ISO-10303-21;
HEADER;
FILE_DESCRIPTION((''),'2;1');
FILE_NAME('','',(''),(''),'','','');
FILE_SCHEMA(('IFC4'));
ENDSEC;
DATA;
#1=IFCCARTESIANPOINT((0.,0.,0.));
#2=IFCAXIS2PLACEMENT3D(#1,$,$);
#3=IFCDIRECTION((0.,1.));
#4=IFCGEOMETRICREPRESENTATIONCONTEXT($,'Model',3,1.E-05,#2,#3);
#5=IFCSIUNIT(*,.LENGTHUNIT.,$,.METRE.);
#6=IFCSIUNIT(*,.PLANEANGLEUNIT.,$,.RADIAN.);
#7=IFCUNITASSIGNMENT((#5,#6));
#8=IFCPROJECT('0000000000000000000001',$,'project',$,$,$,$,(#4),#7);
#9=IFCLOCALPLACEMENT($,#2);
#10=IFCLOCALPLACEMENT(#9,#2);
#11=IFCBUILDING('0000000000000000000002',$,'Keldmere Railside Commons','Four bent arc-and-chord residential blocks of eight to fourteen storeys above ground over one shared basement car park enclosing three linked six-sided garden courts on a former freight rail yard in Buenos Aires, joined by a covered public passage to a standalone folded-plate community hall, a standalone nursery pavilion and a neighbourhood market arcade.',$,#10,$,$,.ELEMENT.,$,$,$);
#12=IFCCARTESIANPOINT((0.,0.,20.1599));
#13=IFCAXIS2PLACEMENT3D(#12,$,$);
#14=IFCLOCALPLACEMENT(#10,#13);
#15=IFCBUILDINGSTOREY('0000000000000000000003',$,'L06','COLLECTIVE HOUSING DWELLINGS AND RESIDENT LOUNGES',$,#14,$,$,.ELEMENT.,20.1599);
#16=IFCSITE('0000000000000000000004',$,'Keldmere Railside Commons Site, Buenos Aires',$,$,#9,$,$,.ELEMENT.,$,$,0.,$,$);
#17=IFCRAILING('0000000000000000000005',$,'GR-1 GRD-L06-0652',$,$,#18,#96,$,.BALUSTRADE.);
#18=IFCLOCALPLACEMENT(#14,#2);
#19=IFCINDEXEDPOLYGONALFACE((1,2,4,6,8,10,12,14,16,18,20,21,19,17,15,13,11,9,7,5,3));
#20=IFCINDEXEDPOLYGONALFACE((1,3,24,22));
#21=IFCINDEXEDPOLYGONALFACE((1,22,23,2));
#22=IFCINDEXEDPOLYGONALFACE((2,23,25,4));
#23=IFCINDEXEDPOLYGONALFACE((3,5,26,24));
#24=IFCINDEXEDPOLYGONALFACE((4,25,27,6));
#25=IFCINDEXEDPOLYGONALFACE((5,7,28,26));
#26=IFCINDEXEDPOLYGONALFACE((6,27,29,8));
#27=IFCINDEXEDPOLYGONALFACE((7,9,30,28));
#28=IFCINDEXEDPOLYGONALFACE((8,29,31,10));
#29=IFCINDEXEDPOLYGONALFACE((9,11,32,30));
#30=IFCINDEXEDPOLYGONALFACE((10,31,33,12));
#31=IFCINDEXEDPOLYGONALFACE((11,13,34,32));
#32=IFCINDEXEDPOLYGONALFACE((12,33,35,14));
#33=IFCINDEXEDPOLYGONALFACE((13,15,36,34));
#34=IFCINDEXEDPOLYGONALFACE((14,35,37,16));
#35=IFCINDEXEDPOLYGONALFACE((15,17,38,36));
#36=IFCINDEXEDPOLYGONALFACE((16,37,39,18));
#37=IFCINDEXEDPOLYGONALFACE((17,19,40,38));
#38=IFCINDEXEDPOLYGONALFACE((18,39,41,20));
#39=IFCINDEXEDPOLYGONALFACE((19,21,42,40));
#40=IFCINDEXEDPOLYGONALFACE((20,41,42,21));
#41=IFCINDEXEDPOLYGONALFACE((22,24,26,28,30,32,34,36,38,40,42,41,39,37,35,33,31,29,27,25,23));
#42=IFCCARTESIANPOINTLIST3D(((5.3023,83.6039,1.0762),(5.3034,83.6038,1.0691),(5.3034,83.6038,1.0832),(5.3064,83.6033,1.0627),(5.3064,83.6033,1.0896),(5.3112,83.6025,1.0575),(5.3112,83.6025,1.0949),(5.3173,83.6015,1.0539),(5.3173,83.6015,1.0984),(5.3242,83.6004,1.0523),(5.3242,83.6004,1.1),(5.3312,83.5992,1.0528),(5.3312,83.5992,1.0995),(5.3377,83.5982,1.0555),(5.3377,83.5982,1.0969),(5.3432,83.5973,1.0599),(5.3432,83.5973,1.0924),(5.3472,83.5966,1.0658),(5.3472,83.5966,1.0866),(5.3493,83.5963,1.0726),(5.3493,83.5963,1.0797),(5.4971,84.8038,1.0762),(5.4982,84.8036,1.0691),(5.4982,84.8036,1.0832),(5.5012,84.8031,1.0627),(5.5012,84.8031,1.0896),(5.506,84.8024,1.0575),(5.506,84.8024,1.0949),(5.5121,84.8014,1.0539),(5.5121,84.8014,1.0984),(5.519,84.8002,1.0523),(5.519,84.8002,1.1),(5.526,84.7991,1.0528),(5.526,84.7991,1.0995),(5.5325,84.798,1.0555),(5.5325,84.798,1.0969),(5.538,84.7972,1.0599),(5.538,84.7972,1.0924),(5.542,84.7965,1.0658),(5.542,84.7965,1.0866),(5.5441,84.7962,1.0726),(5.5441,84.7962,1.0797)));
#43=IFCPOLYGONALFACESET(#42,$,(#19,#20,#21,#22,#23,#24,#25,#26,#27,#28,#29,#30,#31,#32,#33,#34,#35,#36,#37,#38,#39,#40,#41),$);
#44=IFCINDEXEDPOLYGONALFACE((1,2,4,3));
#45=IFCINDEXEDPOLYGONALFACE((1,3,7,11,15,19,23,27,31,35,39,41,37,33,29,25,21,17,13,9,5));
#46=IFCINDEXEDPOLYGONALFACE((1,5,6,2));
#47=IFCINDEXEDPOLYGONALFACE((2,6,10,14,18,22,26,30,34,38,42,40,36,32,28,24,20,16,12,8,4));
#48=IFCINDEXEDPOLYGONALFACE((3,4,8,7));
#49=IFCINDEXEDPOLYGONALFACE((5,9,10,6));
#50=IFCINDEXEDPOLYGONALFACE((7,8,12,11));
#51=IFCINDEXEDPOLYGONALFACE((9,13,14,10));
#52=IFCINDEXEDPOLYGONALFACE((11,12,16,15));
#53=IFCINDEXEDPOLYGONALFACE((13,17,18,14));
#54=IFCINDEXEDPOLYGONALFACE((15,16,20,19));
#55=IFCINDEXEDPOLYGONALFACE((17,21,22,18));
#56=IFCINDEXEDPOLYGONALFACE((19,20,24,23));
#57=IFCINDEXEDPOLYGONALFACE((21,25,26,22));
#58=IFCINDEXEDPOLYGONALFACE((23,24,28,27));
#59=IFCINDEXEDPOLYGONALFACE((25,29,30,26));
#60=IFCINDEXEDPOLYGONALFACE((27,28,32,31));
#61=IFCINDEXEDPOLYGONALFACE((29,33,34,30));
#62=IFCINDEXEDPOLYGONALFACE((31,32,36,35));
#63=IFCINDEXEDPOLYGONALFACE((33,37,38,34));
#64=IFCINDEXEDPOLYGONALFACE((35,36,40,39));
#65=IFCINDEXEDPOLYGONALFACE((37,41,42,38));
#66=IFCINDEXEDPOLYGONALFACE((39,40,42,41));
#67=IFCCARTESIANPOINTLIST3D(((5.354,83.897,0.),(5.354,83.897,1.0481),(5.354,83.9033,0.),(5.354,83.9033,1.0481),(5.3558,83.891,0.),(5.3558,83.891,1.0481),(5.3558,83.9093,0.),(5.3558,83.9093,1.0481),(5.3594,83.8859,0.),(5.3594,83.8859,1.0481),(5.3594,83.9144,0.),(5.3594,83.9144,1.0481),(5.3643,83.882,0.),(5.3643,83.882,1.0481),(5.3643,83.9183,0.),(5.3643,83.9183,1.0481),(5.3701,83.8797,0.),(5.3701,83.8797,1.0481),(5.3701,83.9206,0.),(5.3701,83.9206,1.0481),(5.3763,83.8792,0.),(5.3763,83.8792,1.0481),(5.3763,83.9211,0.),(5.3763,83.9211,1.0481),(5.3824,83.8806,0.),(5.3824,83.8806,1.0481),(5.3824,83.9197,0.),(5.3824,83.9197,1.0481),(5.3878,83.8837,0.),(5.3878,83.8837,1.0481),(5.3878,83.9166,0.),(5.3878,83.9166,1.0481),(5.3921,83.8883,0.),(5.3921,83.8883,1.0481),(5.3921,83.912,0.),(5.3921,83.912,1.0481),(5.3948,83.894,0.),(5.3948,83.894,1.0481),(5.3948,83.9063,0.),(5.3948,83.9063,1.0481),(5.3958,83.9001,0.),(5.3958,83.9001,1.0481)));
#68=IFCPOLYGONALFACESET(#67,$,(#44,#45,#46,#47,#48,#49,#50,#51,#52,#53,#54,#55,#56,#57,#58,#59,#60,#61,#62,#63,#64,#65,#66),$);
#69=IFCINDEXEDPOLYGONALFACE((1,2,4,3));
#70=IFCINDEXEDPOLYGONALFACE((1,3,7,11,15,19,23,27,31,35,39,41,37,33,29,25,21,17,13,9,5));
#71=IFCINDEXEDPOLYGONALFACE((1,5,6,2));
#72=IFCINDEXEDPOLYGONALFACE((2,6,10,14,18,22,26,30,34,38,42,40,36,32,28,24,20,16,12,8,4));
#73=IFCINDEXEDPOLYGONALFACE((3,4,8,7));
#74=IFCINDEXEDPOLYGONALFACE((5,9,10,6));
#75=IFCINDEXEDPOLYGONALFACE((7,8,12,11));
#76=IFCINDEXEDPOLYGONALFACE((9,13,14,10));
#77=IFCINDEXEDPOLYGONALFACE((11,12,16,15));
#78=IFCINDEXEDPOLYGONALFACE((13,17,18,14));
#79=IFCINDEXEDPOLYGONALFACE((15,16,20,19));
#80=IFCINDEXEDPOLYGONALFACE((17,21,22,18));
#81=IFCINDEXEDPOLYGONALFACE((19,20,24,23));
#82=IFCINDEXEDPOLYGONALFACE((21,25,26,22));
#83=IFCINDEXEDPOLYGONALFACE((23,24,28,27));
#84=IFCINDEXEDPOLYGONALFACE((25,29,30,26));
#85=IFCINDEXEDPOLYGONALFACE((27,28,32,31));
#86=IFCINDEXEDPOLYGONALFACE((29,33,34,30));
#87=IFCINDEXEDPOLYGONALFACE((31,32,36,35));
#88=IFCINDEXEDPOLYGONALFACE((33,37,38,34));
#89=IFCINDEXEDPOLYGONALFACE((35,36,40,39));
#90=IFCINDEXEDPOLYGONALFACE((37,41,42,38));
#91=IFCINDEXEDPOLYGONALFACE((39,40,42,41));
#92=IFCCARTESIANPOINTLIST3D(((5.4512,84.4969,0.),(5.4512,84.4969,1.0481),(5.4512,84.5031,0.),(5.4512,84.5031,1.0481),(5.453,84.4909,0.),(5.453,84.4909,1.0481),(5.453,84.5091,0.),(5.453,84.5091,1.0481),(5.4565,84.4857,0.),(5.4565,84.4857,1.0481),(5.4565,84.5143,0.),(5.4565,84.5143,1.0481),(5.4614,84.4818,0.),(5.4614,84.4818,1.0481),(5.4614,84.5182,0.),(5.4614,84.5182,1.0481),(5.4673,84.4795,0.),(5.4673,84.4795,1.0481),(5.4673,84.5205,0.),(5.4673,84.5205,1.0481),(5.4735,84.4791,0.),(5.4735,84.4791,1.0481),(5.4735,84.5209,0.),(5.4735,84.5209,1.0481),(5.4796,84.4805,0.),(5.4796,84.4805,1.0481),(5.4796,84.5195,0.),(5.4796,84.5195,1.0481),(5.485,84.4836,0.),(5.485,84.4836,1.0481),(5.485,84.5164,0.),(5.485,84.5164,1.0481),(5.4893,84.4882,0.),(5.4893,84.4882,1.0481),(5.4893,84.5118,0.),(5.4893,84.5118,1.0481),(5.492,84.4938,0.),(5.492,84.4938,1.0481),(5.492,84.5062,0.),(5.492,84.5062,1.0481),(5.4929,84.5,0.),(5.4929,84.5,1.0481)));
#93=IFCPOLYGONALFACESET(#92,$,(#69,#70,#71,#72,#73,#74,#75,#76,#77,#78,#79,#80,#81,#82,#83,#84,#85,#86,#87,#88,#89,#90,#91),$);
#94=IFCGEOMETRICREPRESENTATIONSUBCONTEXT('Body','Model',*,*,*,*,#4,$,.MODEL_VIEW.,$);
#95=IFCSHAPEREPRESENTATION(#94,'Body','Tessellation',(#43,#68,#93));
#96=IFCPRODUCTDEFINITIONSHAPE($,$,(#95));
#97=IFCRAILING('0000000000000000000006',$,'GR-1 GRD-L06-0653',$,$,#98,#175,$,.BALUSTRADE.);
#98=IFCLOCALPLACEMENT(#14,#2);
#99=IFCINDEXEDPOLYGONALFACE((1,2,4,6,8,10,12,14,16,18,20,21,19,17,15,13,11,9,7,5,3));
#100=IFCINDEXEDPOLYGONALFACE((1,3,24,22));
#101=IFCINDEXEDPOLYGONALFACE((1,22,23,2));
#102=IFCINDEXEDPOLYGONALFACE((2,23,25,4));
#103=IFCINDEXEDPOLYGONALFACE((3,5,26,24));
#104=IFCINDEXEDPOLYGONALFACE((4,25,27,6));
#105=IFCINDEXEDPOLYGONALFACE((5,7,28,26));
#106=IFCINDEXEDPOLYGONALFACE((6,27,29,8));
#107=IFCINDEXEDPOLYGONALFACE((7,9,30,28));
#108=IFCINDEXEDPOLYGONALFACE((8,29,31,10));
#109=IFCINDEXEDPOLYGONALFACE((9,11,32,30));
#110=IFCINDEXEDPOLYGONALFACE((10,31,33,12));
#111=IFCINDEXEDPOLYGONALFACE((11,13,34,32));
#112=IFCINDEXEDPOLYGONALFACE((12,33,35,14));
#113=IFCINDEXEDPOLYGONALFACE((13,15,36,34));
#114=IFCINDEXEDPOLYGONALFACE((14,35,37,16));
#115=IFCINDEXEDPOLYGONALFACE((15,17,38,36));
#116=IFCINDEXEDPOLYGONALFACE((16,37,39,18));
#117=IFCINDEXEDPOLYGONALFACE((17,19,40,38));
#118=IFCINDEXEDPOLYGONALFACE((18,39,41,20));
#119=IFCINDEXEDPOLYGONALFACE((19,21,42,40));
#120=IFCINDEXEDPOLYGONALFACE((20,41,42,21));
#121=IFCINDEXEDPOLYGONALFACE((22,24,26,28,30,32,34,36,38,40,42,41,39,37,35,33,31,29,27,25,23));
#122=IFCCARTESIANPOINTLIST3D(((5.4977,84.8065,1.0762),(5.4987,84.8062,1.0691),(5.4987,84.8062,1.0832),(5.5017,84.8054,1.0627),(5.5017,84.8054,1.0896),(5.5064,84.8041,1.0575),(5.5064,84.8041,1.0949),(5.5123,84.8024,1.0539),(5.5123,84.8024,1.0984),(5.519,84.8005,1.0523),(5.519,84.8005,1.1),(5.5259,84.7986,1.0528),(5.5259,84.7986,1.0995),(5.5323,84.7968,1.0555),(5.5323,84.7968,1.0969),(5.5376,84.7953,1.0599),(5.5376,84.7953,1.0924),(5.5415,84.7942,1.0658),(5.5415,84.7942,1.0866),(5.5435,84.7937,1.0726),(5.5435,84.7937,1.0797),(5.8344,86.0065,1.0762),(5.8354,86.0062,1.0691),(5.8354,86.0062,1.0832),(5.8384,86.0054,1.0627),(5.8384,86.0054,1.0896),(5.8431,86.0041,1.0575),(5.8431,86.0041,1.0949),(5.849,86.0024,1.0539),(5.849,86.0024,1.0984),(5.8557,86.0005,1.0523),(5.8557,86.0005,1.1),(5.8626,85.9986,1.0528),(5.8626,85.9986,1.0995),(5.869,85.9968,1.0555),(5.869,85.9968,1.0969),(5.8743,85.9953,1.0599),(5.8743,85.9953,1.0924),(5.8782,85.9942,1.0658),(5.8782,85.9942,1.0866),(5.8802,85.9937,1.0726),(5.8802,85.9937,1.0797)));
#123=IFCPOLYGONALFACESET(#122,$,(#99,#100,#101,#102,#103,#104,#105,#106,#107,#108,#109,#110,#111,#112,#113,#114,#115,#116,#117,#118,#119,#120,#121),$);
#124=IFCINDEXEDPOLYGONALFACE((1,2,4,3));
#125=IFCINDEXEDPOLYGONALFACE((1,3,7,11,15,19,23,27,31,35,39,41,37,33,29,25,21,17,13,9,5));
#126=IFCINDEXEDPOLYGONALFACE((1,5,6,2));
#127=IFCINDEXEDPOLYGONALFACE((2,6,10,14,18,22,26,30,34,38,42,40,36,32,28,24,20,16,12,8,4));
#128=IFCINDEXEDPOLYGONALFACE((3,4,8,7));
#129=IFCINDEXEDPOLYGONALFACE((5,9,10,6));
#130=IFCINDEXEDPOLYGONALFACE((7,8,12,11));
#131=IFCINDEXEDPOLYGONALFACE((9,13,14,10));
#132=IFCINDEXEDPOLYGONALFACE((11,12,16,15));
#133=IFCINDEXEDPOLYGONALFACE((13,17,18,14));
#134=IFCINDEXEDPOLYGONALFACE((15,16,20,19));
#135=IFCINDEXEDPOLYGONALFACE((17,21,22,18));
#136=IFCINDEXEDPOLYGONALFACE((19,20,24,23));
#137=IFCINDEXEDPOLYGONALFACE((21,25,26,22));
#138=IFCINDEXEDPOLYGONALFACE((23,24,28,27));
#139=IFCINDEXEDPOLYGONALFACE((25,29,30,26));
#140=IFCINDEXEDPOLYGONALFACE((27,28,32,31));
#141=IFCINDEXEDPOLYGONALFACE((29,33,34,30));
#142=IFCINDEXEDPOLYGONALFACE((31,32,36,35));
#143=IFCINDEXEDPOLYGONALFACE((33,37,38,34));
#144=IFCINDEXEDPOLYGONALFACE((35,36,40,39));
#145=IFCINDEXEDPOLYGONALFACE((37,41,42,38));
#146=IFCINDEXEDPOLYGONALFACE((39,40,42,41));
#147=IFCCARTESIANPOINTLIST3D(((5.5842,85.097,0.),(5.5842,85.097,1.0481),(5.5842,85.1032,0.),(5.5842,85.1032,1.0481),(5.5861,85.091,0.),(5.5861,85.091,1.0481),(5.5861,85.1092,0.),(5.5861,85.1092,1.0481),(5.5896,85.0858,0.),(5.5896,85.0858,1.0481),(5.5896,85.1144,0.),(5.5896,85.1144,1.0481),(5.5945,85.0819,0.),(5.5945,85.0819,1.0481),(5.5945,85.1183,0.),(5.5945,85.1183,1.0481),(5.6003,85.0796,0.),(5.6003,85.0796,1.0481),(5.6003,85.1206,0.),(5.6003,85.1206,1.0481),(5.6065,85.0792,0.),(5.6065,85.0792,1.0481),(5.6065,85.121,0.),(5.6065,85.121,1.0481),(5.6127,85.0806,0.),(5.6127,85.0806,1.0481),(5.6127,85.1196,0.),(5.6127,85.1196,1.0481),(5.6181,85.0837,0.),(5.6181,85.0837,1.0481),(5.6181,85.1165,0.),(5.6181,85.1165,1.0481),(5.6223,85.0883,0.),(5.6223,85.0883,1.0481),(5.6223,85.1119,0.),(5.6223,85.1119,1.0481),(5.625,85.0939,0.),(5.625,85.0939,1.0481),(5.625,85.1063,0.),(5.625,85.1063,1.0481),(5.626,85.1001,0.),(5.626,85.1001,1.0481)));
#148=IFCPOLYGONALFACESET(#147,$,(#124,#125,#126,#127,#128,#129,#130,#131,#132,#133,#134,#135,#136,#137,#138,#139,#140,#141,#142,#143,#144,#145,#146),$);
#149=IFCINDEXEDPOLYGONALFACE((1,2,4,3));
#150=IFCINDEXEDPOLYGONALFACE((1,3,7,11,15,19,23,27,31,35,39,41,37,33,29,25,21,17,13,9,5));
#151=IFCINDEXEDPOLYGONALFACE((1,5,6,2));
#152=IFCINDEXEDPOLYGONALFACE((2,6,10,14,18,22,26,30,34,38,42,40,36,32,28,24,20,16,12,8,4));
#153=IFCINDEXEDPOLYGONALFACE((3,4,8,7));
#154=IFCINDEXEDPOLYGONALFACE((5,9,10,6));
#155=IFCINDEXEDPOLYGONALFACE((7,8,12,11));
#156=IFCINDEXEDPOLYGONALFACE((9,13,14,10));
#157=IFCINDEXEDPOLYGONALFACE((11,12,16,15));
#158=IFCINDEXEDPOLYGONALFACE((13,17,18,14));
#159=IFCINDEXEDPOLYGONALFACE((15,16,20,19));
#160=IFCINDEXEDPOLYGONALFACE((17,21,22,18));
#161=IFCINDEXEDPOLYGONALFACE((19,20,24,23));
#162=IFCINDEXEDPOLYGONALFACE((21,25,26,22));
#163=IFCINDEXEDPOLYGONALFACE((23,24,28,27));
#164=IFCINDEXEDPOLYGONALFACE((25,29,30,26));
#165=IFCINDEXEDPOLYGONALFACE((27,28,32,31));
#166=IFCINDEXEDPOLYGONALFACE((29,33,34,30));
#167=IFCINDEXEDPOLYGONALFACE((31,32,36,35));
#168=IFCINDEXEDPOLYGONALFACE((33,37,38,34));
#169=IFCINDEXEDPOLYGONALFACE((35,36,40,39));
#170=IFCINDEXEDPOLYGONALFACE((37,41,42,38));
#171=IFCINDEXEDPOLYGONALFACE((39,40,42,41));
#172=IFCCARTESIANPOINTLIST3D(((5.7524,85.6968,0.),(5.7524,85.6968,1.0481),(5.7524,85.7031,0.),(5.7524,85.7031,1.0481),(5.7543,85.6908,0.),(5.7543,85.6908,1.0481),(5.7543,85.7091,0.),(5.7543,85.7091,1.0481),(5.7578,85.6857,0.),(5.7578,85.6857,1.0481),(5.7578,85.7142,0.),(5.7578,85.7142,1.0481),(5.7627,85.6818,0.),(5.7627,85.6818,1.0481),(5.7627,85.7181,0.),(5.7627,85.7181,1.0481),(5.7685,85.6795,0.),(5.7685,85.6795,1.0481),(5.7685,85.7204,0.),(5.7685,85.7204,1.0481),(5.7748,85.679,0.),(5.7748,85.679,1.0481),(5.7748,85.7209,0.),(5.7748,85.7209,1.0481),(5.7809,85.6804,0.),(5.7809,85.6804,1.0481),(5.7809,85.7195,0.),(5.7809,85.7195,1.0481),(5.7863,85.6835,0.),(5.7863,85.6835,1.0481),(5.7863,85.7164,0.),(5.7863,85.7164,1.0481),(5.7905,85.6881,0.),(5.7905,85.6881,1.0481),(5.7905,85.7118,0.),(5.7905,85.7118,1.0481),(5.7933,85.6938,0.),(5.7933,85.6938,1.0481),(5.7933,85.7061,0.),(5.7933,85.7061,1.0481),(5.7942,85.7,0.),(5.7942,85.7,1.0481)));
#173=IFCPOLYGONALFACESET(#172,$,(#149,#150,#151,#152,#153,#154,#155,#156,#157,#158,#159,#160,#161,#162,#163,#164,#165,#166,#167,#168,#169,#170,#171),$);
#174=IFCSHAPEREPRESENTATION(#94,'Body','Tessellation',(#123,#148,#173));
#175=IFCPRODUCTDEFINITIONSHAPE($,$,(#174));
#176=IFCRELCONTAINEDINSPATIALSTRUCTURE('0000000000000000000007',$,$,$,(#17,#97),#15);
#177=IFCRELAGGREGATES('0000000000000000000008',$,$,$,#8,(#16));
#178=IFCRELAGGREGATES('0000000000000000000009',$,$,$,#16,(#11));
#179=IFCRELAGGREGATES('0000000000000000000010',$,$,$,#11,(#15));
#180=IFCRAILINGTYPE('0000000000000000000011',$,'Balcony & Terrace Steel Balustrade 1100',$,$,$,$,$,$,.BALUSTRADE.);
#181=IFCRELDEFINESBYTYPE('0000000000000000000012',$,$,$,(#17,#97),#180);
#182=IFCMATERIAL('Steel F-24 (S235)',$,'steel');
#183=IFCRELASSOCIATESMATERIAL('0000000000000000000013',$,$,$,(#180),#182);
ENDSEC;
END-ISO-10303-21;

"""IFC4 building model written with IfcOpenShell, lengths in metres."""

from ifc_helpers import new_model, si_unit, direction, frame, origin, origin_2d, place, context, subcontext, project, spatial, circle, extrude, material, type_object, element, save


model = new_model("IFC4")

# Units and contexts
model_context = context("Model", 3, precision=1e-05, world=origin(), true_north=direction((0.0, 1.0)))
body_context = subcontext(model_context, "Body", "Model", "MODEL_VIEW")
ifc_project = project(units=[si_unit("LENGTHUNIT", "METRE"), si_unit("PLANEANGLEUNIT", "RADIAN")], contexts=[model_context])

# Site, building, storey
site_placement = place(None, origin())
site = spatial("IfcSite", under=ifc_project, at=site_placement, Name="Keldmere Railside Commons Site, Buenos Aires", CompositionType="ELEMENT", RefElevation=0.0)
building_placement = place(site_placement, origin())
building = spatial("IfcBuilding", under=site, at=building_placement, Name="Keldmere Railside Commons", Description="Four bent arc-and-chord residential blocks of eight to fourteen storeys above ground over one shared basement car park enclosing three linked six-sided garden courts on a former freight rail yard in Buenos Aires, joined by a covered public passage to a standalone folded-plate community hall, a standalone nursery pavilion and a neighbourhood market arcade.", CompositionType="ELEMENT")
storey_placement = place(building_placement, frame((0.0, 0.0, 20.1599)))
storey = spatial("IfcBuildingStorey", under=building, at=storey_placement, Name="L06", Description="COLLECTIVE HOUSING DWELLINGS AND RESIDENT LOUNGES", CompositionType="ELEMENT", Elevation=20.1599)

# Shared definitions
ifc_material_1 = material(Name="Steel F-24 (S235)", Category="steel")

# Railings
railing_type = type_object("IfcRailingType", Name="Balcony & Terrace Steel Balustrade 1100", PredefinedType="BALUSTRADE", material=ifc_material_1)
railing_1_placement = place(storey_placement, frame((5.3259, 83.6001, 0.0)))
element("IfcRailing", 1, at=railing_1_placement, inside=storey, type_object=railing_type, Name="GR-1 GRD-L06-0652", PredefinedType="BALUSTRADE", context=body_context, shape_type="SweptSolid", body=[
    extrude(circle(Radius=0.0239, at=origin_2d()), frame((0.0, 0.0, 1.0762), z_axis=(0.160262, 0.987075, 0.0), x_axis=(-0.987075, 0.160262, 0.0)), (0.0, 0.0, 1.0), 1.2156),
    extrude(circle(Radius=0.021, at=origin_2d()), frame((0.0488, 0.3, 0.0)), (0.0, 0.0, 1.0), 1.0481),
    extrude(circle(Radius=0.021, at=origin_2d()), frame((0.146, 0.8999, 0.0)), (0.0, 0.0, 1.0), 1.0481),
])
railing_2_placement = place(storey_placement, frame((5.5208, 84.8, 0.0)))
element("IfcRailing", 2, at=railing_2_placement, inside=storey, type_object=railing_type, Name="GR-1 GRD-L06-0653", PredefinedType="BALUSTRADE", context=body_context, shape_type="SweptSolid", body=[
    extrude(circle(Radius=0.0239, at=origin_2d()), frame((0.0, 0.0, 1.0762), z_axis=(0.270139, 0.962821, 0.0), x_axis=(-0.962821, 0.270139, 0.0)), (0.0, 0.0, 1.0), 1.2463),
    extrude(circle(Radius=0.021, at=origin_2d()), frame((0.0842, 0.3, 0.0)), (0.0, 0.0, 1.0), 1.0481),
    extrude(circle(Radius=0.021, at=origin_2d()), frame((0.2524, 0.8999, 0.0)), (0.0, 0.0, 1.0), 1.0481),
])

save(model, "model.ifc")
